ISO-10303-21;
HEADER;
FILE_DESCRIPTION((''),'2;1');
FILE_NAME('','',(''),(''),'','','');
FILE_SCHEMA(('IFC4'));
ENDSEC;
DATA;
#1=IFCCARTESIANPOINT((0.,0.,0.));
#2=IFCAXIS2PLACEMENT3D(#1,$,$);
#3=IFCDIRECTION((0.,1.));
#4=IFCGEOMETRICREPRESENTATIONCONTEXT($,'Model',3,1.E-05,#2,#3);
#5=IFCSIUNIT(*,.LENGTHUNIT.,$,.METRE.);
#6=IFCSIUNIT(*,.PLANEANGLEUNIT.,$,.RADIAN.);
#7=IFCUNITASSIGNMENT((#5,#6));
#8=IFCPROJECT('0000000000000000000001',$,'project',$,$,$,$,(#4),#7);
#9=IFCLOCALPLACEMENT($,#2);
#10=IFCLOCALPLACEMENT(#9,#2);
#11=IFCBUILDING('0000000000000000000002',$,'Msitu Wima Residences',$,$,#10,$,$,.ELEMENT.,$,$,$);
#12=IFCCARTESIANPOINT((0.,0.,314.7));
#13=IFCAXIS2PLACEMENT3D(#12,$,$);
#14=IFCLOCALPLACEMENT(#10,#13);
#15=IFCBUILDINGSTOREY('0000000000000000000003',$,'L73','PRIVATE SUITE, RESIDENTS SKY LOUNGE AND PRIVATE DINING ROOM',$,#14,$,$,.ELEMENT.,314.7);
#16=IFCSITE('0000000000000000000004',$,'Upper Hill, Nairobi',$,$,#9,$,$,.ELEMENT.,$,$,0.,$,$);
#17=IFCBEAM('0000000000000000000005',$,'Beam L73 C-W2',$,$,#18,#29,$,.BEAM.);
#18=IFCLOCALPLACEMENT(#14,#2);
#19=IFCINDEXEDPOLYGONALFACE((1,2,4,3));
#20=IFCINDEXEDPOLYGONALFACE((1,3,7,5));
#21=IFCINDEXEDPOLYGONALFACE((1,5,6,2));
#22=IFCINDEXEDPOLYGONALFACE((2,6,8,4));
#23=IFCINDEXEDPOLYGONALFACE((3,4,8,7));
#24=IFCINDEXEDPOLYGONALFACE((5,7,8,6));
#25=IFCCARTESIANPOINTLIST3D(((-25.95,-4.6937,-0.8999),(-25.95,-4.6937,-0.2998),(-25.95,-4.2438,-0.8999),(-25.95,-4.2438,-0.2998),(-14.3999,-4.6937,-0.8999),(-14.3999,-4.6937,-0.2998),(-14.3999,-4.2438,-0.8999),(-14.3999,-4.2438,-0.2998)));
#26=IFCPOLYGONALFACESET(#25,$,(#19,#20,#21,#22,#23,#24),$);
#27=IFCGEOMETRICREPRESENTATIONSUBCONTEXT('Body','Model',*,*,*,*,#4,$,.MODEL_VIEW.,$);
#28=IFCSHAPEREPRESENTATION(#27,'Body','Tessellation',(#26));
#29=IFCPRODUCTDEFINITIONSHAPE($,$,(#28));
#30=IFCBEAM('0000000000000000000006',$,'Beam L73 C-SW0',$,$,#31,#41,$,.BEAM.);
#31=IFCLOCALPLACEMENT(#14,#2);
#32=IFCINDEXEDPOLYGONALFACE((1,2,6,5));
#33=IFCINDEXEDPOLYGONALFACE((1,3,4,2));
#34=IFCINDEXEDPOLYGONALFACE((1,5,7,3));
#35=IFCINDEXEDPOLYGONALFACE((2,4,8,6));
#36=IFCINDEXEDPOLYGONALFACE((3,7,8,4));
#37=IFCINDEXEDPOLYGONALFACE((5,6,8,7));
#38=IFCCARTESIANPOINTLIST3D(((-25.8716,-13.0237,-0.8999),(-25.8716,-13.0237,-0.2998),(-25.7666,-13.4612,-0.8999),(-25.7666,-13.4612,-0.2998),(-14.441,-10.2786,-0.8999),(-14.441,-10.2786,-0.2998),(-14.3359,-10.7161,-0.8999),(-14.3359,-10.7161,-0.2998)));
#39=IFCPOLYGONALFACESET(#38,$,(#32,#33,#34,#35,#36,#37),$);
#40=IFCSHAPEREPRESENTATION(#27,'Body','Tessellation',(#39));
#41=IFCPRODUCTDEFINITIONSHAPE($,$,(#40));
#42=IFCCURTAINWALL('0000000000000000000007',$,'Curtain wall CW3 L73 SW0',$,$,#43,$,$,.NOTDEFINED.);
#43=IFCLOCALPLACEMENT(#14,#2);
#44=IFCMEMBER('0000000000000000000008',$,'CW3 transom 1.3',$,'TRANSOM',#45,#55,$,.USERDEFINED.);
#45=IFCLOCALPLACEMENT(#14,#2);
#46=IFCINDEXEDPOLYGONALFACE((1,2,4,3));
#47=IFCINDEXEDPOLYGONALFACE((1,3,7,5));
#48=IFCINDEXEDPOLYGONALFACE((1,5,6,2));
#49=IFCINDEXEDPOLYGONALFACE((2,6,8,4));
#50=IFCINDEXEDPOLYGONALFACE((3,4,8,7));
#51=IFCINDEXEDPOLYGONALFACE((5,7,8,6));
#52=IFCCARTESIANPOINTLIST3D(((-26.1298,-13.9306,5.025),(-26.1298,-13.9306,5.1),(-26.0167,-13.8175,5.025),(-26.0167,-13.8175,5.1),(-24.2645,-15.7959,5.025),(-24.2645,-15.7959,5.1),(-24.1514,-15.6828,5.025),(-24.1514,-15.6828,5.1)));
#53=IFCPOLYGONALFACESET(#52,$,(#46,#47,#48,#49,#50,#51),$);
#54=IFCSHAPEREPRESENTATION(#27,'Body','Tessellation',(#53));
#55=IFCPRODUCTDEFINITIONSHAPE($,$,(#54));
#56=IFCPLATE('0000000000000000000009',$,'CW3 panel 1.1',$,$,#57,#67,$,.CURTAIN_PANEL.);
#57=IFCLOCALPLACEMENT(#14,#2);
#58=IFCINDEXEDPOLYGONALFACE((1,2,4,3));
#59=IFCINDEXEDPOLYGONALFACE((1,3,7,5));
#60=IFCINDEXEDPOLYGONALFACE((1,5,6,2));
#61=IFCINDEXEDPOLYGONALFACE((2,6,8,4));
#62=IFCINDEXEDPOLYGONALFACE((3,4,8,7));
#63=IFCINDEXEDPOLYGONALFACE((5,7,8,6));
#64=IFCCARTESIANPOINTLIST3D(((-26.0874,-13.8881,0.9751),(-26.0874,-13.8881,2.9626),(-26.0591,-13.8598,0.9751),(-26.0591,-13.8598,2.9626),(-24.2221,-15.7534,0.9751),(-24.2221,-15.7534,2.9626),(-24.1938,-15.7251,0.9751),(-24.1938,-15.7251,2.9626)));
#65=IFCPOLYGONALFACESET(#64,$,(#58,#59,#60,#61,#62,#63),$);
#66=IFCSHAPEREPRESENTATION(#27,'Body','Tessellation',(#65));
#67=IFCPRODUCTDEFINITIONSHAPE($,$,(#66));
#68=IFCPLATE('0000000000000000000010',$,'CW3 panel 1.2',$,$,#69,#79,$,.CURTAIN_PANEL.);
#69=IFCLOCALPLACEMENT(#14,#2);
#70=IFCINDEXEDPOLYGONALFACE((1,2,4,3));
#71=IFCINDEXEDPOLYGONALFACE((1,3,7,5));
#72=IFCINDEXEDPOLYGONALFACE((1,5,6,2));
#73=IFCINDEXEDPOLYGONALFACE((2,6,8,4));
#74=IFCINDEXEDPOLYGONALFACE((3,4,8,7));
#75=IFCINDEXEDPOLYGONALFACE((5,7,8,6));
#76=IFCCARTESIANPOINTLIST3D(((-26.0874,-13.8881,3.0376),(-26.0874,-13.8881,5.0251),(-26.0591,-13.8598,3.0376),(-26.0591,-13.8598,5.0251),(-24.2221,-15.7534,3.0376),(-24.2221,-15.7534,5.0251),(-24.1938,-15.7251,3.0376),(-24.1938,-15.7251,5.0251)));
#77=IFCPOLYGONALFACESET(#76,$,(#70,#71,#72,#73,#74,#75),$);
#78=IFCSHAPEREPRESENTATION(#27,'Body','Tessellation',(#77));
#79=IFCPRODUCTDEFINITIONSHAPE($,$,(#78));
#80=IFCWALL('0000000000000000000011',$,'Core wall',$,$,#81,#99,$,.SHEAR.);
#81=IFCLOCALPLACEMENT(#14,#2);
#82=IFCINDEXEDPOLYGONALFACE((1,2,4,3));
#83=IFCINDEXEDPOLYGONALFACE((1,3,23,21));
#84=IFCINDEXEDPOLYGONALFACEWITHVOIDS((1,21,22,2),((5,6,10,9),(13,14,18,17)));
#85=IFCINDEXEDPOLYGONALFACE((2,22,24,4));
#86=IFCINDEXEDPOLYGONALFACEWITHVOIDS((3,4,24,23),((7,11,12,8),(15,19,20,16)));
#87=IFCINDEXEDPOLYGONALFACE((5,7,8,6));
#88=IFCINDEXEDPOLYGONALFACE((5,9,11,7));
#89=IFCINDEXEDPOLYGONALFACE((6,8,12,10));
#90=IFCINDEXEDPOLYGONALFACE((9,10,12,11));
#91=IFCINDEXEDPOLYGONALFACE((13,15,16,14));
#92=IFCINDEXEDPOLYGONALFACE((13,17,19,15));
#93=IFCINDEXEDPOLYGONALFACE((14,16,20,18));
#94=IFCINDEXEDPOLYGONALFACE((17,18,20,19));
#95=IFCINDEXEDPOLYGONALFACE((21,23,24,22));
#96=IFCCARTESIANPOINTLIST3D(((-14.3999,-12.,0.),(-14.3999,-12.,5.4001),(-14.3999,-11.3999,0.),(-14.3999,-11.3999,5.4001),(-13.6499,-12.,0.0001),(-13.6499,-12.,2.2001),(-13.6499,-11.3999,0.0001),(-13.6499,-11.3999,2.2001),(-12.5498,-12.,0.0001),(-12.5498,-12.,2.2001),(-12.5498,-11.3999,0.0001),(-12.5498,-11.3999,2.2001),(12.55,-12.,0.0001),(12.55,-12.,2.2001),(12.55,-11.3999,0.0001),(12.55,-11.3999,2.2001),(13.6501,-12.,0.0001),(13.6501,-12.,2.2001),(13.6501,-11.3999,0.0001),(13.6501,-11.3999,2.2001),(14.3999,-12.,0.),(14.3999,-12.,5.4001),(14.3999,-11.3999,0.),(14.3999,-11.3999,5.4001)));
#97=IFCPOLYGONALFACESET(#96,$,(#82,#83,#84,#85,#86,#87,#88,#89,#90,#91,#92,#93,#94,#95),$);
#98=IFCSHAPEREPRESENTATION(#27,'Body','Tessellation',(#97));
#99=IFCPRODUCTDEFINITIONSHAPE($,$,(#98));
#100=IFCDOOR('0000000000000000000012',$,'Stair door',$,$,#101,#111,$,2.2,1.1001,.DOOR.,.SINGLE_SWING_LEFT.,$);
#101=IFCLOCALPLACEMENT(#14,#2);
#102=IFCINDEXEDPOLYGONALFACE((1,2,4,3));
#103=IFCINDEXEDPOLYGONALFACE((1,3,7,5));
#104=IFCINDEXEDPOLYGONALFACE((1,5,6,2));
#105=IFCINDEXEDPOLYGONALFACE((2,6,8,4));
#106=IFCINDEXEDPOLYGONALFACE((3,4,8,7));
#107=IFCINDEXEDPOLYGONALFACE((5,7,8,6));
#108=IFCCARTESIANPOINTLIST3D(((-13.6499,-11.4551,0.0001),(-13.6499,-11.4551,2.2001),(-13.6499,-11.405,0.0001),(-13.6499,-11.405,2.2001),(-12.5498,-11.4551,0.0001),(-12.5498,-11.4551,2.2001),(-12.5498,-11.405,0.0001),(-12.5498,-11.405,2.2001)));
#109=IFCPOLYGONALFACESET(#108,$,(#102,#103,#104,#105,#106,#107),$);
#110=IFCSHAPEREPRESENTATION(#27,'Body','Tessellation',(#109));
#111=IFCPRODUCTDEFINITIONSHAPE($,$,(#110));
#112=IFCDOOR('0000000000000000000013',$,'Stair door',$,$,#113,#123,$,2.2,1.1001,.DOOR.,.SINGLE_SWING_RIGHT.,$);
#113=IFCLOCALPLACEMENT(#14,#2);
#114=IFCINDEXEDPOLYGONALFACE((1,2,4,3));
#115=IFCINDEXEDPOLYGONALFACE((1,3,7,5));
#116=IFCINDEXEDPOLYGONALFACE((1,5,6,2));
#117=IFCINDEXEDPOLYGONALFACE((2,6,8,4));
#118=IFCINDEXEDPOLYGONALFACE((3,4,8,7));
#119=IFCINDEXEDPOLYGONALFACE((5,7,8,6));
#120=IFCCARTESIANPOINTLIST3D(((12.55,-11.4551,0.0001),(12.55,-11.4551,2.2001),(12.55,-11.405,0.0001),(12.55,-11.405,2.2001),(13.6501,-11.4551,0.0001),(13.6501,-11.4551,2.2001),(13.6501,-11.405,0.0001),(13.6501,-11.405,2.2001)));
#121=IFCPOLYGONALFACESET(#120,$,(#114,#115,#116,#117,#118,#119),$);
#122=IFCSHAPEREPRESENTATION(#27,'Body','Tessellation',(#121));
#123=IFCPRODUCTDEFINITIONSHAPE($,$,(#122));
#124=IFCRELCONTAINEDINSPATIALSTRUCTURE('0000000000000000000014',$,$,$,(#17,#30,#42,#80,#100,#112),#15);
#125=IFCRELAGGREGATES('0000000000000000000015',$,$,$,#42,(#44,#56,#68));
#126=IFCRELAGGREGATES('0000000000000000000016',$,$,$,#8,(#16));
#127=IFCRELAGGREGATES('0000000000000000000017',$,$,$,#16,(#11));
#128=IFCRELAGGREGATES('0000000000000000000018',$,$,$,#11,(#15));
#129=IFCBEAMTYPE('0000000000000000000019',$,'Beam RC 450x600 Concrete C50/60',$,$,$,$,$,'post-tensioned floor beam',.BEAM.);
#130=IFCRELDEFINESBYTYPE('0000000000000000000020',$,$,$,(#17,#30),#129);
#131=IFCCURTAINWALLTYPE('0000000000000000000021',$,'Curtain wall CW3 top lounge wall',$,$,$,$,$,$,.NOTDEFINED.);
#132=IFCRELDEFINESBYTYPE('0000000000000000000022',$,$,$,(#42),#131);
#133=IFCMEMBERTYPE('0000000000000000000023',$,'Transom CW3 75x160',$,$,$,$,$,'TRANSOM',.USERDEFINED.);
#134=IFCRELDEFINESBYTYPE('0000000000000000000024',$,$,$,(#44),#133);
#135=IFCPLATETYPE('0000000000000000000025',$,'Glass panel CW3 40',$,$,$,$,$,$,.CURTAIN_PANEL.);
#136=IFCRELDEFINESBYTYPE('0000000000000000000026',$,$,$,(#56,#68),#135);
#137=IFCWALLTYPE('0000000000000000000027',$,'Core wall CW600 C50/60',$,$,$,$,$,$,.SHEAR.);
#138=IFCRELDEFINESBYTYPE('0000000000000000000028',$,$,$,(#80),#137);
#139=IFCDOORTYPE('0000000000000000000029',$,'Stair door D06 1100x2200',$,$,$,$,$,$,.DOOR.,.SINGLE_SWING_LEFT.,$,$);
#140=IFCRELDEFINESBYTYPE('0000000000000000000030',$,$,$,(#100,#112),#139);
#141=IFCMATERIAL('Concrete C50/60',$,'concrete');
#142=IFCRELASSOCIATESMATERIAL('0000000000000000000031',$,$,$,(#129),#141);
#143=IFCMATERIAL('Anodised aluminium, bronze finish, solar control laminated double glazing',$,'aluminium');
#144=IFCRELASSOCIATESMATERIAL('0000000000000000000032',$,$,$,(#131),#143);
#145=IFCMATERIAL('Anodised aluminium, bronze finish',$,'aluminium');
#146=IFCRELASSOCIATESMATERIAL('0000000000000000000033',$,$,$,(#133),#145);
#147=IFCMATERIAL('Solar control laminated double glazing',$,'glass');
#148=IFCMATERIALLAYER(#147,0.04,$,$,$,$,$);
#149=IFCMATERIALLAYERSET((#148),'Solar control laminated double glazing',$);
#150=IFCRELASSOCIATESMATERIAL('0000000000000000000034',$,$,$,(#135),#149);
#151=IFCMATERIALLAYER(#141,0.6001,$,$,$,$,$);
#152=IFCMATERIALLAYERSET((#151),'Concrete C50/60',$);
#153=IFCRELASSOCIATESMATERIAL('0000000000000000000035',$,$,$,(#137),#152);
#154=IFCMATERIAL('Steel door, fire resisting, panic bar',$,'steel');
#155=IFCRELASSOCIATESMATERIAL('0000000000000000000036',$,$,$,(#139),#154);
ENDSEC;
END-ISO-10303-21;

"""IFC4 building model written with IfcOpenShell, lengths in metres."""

from ifc_helpers import new_model, si_unit, direction, frame, frame_2d, origin, origin_2d, place, context, subcontext, project, spatial, rectangle, extrude, material, layer, layer_set, material_profile, profile_set, type_object, element, fill, aggregate, save


model = new_model("IFC4")

# Units and contexts
model_context = context("Model", 3, precision=1e-05, world=origin(), true_north=direction((0.0, 1.0)))
body_context = subcontext(model_context, "Body", "Model", "MODEL_VIEW")
ifc_project = project(units=[si_unit("LENGTHUNIT", "METRE"), si_unit("PLANEANGLEUNIT", "RADIAN")], contexts=[model_context])

# Site, building, storey
site_placement = place(None, origin())
site = spatial("IfcSite", under=ifc_project, at=site_placement, Name="Upper Hill, Nairobi", CompositionType="ELEMENT", RefElevation=0.0)
building_placement = place(site_placement, origin())
building = spatial("IfcBuilding", under=site, at=building_placement, Name="Msitu Wima Residences", CompositionType="ELEMENT")
storey_placement = place(building_placement, frame((0.0, 0.0, 314.7)))
storey = spatial("IfcBuildingStorey", under=building, at=storey_placement, Name="L73", Description="PRIVATE SUITE, RESIDENTS SKY LOUNGE AND PRIVATE DINING ROOM", CompositionType="ELEMENT", Elevation=314.7)

# Beams
ifc_material_1 = material(Name="Concrete C50/60", Category="concrete")
ifc_material_profile_1 = material_profile(ifc_material_1, rectangle(XDim=0.45, YDim=0.6001, at=origin_2d()), Name="RC 450x600")
ifc_profile_set_1 = profile_set([ifc_material_profile_1], Name="Concrete C50/60")
beam_type = type_object("IfcBeamType", Name="Beam RC 450x600 Concrete C50/60", ElementType="post-tensioned floor beam", PredefinedType="BEAM", material=ifc_profile_set_1)
beam_1_placement = place(storey_placement, frame((-25.95, -4.4688, -0.5999), z_axis=(1.0, 0.0, 0.0), x_axis=(0.0, 1.0, 0.0)))
element("IfcBeam", 1, at=beam_1_placement, inside=storey, type_object=beam_type, Name="Beam L73 C-W2", PredefinedType="BEAM", context=body_context, shape_type="SweptSolid", body=[
    extrude(rectangle(XDim=0.45, YDim=0.6001, at=origin_2d()), origin(), (0.0, 0.0, 1.0), 11.55),
])
beam_2_placement = place(storey_placement, frame((-25.8191, -13.2424, -0.5999), z_axis=(0.972353, 0.233514, 0.0), x_axis=(-0.233514, 0.972353, 0.0)))
element("IfcBeam", 2, at=beam_2_placement, inside=storey, type_object=beam_type, Name="Beam L73 C-SW0", PredefinedType="BEAM", context=body_context, shape_type="SweptSolid", body=[
    extrude(rectangle(XDim=0.45, YDim=0.6001, at=origin_2d()), origin(), (0.0, 0.0, 1.0), 11.7556),
])

# Curtain wall, member, plates
ifc_material_2 = material(Name="Anodised aluminium, bronze finish, solar control laminated double glazing", Category="aluminium")
curtain_wall_type = type_object("IfcCurtainWallType", Name="Curtain wall CW3 top lounge wall", PredefinedType="NOTDEFINED", material=ifc_material_2)
curtain_wall_placement = place(storey_placement, origin())
curtain_wall = element("IfcCurtainWall", 3, at=curtain_wall_placement, inside=storey, type_object=curtain_wall_type, Name="Curtain wall CW3 L73 SW0", PredefinedType="NOTDEFINED")
ifc_material_3 = material(Name="Anodised aluminium, bronze finish", Category="aluminium")
ifc_material_profile_2 = material_profile(ifc_material_3, rectangle(XDim=0.1599, YDim=0.075, at=origin_2d()), Name="Transom 75x160")
ifc_profile_set_2 = profile_set([ifc_material_profile_2], Name="Anodised aluminium, bronze finish")
member_type = type_object("IfcMemberType", Name="Transom CW3 75x160", ElementType="TRANSOM", PredefinedType="USERDEFINED", material=ifc_profile_set_2)
member_placement = place(storey_placement, frame((-26.0732, -13.874, 5.0625), z_axis=(0.707107, -0.707107, 0.0), x_axis=(0.707107, 0.707107, 0.0)))
member = element("IfcMember", 4, at=member_placement, type_object=member_type, Name="CW3 transom 1.3", ObjectType="TRANSOM", PredefinedType="USERDEFINED", context=body_context, shape_type="SweptSolid", body=[
    extrude(rectangle(XDim=0.1599, YDim=0.075, at=origin_2d()), origin(), (0.0, 0.0, 1.0), 2.6379),
])
ifc_material_4 = material(Name="Solar control laminated double glazing", Category="glass")
ifc_layer_1 = layer(ifc_material_4, 0.04)
ifc_layer_set_1 = layer_set([ifc_layer_1], Name="Solar control laminated double glazing")
plate_type = type_object("IfcPlateType", Name="Glass panel CW3 40", PredefinedType="CURTAIN_PANEL", material=ifc_layer_set_1)
plate_1_placement = place(storey_placement, frame((-25.1406, -14.8066, 0.9751), z_axis=(0.0, 0.0, 1.0), x_axis=(0.707107, -0.707107, 0.0)))
plate_1 = element("IfcPlate", 5, at=plate_1_placement, type_object=plate_type, Name="CW3 panel 1.1", PredefinedType="CURTAIN_PANEL", context=body_context, shape_type="SweptSolid", body=[
    extrude(rectangle(XDim=2.6379, YDim=0.04, at=origin_2d()), origin(), (0.0, 0.0, 1.0), 1.9875),
])
plate_2_placement = place(storey_placement, frame((-25.1406, -14.8066, 3.0376), z_axis=(0.0, 0.0, 1.0), x_axis=(0.707107, -0.707107, 0.0)))
plate_2 = element("IfcPlate", 6, at=plate_2_placement, type_object=plate_type, Name="CW3 panel 1.2", PredefinedType="CURTAIN_PANEL", context=body_context, shape_type="SweptSolid", body=[
    extrude(rectangle(XDim=2.6379, YDim=0.04, at=origin_2d()), origin(), (0.0, 0.0, 1.0), 1.9875),
])
aggregate(curtain_wall, [member, plate_1, plate_2])

# Wall, openings, doors
ifc_layer_2 = layer(ifc_material_1, 0.6001)
ifc_layer_set_2 = layer_set([ifc_layer_2], Name="Concrete C50/60")
wall_type_1 = type_object("IfcWallType", Name="Core wall CW600 C50/60", PredefinedType="SHEAR", material=ifc_layer_set_2)
wall_1_placement = place(storey_placement, frame((-14.3999, -11.7, 0.0), z_axis=(0.0, 0.0, 1.0), x_axis=(1.0, 0.0, 0.0)))
wall_1 = element("IfcWall", 7, at=wall_1_placement, inside=storey, type_object=wall_type_1, Name="Core wall", PredefinedType="SHEAR", context=body_context, shape_type="SweptSolid", body=[
    extrude(rectangle(XDim=28.7998, YDim=0.6001, at=frame_2d((14.3999, 0.0))), origin(), (0.0, 0.0, 1.0), 5.4001),
])
opening_1_placement = place(wall_1_placement, frame((0.75, 0.0, 0.0)))
opening_1 = element("IfcOpeningElement", 8, at=opening_1_placement, cuts=wall_1, PredefinedType="OPENING", context=body_context, shape_type="SweptSolid", body=[
    extrude(rectangle(XDim=1.1001, YDim=2.2, at=frame_2d((0.55, 1.1001))), frame((0.0, 0.3101, 0.0), z_axis=(0.0, -1.0, 0.0), x_axis=(1.0, 0.0, 0.0)), (0.0, 0.0, 1.0), 0.6201),
])
opening_2_placement = place(wall_1_placement, frame((26.95, 0.0, 0.0)))
opening_2 = element("IfcOpeningElement", 9, at=opening_2_placement, cuts=wall_1, PredefinedType="OPENING", context=body_context, shape_type="SweptSolid", body=[
    extrude(rectangle(XDim=1.1001, YDim=2.2, at=frame_2d((0.55, 1.1001))), frame((0.0, 0.3101, 0.0), z_axis=(0.0, -1.0, 0.0), x_axis=(1.0, 0.0, 0.0)), (0.0, 0.0, 1.0), 0.6201),
])
ifc_material_5 = material(Name="Steel door, fire resisting, panic bar", Category="steel")
door_type_1 = type_object("IfcDoorType", Name="Stair door D06 1100x2200", OperationType="SINGLE_SWING_LEFT", PredefinedType="DOOR", material=ifc_material_5)
door_1_placement = place(opening_1_placement, origin())
door_1 = element("IfcDoor", 10, at=door_1_placement, inside=storey, type_object=door_type_1, Name="Stair door", OperationType="SINGLE_SWING_LEFT", OverallHeight=2.2, OverallWidth=1.1001, PredefinedType="DOOR", context=body_context, shape_type="SweptSolid", body=[
    extrude(rectangle(XDim=1.1001, YDim=2.2, at=frame_2d((0.55, 1.1001))), frame((0.0, 0.2949, 0.0), z_axis=(0.0, -1.0, 0.0), x_axis=(1.0, 0.0, 0.0)), (0.0, 0.0, 1.0), 0.05),
])
fill(opening_1, door_1)
door_2_placement = place(opening_2_placement, origin())
door_2 = element("IfcDoor", 11, at=door_2_placement, inside=storey, type_object=door_type_1, Name="Stair door", OperationType="SINGLE_SWING_RIGHT", OverallHeight=2.2, OverallWidth=1.1001, PredefinedType="DOOR", context=body_context, shape_type="SweptSolid", body=[
    extrude(rectangle(XDim=1.1001, YDim=2.2, at=frame_2d((0.55, 1.1001))), frame((0.0, 0.2949, 0.0), z_axis=(0.0, -1.0, 0.0), x_axis=(1.0, 0.0, 0.0)), (0.0, 0.0, 1.0), 0.05),
])
fill(opening_2, door_2)

save(model, "model.ifc")
